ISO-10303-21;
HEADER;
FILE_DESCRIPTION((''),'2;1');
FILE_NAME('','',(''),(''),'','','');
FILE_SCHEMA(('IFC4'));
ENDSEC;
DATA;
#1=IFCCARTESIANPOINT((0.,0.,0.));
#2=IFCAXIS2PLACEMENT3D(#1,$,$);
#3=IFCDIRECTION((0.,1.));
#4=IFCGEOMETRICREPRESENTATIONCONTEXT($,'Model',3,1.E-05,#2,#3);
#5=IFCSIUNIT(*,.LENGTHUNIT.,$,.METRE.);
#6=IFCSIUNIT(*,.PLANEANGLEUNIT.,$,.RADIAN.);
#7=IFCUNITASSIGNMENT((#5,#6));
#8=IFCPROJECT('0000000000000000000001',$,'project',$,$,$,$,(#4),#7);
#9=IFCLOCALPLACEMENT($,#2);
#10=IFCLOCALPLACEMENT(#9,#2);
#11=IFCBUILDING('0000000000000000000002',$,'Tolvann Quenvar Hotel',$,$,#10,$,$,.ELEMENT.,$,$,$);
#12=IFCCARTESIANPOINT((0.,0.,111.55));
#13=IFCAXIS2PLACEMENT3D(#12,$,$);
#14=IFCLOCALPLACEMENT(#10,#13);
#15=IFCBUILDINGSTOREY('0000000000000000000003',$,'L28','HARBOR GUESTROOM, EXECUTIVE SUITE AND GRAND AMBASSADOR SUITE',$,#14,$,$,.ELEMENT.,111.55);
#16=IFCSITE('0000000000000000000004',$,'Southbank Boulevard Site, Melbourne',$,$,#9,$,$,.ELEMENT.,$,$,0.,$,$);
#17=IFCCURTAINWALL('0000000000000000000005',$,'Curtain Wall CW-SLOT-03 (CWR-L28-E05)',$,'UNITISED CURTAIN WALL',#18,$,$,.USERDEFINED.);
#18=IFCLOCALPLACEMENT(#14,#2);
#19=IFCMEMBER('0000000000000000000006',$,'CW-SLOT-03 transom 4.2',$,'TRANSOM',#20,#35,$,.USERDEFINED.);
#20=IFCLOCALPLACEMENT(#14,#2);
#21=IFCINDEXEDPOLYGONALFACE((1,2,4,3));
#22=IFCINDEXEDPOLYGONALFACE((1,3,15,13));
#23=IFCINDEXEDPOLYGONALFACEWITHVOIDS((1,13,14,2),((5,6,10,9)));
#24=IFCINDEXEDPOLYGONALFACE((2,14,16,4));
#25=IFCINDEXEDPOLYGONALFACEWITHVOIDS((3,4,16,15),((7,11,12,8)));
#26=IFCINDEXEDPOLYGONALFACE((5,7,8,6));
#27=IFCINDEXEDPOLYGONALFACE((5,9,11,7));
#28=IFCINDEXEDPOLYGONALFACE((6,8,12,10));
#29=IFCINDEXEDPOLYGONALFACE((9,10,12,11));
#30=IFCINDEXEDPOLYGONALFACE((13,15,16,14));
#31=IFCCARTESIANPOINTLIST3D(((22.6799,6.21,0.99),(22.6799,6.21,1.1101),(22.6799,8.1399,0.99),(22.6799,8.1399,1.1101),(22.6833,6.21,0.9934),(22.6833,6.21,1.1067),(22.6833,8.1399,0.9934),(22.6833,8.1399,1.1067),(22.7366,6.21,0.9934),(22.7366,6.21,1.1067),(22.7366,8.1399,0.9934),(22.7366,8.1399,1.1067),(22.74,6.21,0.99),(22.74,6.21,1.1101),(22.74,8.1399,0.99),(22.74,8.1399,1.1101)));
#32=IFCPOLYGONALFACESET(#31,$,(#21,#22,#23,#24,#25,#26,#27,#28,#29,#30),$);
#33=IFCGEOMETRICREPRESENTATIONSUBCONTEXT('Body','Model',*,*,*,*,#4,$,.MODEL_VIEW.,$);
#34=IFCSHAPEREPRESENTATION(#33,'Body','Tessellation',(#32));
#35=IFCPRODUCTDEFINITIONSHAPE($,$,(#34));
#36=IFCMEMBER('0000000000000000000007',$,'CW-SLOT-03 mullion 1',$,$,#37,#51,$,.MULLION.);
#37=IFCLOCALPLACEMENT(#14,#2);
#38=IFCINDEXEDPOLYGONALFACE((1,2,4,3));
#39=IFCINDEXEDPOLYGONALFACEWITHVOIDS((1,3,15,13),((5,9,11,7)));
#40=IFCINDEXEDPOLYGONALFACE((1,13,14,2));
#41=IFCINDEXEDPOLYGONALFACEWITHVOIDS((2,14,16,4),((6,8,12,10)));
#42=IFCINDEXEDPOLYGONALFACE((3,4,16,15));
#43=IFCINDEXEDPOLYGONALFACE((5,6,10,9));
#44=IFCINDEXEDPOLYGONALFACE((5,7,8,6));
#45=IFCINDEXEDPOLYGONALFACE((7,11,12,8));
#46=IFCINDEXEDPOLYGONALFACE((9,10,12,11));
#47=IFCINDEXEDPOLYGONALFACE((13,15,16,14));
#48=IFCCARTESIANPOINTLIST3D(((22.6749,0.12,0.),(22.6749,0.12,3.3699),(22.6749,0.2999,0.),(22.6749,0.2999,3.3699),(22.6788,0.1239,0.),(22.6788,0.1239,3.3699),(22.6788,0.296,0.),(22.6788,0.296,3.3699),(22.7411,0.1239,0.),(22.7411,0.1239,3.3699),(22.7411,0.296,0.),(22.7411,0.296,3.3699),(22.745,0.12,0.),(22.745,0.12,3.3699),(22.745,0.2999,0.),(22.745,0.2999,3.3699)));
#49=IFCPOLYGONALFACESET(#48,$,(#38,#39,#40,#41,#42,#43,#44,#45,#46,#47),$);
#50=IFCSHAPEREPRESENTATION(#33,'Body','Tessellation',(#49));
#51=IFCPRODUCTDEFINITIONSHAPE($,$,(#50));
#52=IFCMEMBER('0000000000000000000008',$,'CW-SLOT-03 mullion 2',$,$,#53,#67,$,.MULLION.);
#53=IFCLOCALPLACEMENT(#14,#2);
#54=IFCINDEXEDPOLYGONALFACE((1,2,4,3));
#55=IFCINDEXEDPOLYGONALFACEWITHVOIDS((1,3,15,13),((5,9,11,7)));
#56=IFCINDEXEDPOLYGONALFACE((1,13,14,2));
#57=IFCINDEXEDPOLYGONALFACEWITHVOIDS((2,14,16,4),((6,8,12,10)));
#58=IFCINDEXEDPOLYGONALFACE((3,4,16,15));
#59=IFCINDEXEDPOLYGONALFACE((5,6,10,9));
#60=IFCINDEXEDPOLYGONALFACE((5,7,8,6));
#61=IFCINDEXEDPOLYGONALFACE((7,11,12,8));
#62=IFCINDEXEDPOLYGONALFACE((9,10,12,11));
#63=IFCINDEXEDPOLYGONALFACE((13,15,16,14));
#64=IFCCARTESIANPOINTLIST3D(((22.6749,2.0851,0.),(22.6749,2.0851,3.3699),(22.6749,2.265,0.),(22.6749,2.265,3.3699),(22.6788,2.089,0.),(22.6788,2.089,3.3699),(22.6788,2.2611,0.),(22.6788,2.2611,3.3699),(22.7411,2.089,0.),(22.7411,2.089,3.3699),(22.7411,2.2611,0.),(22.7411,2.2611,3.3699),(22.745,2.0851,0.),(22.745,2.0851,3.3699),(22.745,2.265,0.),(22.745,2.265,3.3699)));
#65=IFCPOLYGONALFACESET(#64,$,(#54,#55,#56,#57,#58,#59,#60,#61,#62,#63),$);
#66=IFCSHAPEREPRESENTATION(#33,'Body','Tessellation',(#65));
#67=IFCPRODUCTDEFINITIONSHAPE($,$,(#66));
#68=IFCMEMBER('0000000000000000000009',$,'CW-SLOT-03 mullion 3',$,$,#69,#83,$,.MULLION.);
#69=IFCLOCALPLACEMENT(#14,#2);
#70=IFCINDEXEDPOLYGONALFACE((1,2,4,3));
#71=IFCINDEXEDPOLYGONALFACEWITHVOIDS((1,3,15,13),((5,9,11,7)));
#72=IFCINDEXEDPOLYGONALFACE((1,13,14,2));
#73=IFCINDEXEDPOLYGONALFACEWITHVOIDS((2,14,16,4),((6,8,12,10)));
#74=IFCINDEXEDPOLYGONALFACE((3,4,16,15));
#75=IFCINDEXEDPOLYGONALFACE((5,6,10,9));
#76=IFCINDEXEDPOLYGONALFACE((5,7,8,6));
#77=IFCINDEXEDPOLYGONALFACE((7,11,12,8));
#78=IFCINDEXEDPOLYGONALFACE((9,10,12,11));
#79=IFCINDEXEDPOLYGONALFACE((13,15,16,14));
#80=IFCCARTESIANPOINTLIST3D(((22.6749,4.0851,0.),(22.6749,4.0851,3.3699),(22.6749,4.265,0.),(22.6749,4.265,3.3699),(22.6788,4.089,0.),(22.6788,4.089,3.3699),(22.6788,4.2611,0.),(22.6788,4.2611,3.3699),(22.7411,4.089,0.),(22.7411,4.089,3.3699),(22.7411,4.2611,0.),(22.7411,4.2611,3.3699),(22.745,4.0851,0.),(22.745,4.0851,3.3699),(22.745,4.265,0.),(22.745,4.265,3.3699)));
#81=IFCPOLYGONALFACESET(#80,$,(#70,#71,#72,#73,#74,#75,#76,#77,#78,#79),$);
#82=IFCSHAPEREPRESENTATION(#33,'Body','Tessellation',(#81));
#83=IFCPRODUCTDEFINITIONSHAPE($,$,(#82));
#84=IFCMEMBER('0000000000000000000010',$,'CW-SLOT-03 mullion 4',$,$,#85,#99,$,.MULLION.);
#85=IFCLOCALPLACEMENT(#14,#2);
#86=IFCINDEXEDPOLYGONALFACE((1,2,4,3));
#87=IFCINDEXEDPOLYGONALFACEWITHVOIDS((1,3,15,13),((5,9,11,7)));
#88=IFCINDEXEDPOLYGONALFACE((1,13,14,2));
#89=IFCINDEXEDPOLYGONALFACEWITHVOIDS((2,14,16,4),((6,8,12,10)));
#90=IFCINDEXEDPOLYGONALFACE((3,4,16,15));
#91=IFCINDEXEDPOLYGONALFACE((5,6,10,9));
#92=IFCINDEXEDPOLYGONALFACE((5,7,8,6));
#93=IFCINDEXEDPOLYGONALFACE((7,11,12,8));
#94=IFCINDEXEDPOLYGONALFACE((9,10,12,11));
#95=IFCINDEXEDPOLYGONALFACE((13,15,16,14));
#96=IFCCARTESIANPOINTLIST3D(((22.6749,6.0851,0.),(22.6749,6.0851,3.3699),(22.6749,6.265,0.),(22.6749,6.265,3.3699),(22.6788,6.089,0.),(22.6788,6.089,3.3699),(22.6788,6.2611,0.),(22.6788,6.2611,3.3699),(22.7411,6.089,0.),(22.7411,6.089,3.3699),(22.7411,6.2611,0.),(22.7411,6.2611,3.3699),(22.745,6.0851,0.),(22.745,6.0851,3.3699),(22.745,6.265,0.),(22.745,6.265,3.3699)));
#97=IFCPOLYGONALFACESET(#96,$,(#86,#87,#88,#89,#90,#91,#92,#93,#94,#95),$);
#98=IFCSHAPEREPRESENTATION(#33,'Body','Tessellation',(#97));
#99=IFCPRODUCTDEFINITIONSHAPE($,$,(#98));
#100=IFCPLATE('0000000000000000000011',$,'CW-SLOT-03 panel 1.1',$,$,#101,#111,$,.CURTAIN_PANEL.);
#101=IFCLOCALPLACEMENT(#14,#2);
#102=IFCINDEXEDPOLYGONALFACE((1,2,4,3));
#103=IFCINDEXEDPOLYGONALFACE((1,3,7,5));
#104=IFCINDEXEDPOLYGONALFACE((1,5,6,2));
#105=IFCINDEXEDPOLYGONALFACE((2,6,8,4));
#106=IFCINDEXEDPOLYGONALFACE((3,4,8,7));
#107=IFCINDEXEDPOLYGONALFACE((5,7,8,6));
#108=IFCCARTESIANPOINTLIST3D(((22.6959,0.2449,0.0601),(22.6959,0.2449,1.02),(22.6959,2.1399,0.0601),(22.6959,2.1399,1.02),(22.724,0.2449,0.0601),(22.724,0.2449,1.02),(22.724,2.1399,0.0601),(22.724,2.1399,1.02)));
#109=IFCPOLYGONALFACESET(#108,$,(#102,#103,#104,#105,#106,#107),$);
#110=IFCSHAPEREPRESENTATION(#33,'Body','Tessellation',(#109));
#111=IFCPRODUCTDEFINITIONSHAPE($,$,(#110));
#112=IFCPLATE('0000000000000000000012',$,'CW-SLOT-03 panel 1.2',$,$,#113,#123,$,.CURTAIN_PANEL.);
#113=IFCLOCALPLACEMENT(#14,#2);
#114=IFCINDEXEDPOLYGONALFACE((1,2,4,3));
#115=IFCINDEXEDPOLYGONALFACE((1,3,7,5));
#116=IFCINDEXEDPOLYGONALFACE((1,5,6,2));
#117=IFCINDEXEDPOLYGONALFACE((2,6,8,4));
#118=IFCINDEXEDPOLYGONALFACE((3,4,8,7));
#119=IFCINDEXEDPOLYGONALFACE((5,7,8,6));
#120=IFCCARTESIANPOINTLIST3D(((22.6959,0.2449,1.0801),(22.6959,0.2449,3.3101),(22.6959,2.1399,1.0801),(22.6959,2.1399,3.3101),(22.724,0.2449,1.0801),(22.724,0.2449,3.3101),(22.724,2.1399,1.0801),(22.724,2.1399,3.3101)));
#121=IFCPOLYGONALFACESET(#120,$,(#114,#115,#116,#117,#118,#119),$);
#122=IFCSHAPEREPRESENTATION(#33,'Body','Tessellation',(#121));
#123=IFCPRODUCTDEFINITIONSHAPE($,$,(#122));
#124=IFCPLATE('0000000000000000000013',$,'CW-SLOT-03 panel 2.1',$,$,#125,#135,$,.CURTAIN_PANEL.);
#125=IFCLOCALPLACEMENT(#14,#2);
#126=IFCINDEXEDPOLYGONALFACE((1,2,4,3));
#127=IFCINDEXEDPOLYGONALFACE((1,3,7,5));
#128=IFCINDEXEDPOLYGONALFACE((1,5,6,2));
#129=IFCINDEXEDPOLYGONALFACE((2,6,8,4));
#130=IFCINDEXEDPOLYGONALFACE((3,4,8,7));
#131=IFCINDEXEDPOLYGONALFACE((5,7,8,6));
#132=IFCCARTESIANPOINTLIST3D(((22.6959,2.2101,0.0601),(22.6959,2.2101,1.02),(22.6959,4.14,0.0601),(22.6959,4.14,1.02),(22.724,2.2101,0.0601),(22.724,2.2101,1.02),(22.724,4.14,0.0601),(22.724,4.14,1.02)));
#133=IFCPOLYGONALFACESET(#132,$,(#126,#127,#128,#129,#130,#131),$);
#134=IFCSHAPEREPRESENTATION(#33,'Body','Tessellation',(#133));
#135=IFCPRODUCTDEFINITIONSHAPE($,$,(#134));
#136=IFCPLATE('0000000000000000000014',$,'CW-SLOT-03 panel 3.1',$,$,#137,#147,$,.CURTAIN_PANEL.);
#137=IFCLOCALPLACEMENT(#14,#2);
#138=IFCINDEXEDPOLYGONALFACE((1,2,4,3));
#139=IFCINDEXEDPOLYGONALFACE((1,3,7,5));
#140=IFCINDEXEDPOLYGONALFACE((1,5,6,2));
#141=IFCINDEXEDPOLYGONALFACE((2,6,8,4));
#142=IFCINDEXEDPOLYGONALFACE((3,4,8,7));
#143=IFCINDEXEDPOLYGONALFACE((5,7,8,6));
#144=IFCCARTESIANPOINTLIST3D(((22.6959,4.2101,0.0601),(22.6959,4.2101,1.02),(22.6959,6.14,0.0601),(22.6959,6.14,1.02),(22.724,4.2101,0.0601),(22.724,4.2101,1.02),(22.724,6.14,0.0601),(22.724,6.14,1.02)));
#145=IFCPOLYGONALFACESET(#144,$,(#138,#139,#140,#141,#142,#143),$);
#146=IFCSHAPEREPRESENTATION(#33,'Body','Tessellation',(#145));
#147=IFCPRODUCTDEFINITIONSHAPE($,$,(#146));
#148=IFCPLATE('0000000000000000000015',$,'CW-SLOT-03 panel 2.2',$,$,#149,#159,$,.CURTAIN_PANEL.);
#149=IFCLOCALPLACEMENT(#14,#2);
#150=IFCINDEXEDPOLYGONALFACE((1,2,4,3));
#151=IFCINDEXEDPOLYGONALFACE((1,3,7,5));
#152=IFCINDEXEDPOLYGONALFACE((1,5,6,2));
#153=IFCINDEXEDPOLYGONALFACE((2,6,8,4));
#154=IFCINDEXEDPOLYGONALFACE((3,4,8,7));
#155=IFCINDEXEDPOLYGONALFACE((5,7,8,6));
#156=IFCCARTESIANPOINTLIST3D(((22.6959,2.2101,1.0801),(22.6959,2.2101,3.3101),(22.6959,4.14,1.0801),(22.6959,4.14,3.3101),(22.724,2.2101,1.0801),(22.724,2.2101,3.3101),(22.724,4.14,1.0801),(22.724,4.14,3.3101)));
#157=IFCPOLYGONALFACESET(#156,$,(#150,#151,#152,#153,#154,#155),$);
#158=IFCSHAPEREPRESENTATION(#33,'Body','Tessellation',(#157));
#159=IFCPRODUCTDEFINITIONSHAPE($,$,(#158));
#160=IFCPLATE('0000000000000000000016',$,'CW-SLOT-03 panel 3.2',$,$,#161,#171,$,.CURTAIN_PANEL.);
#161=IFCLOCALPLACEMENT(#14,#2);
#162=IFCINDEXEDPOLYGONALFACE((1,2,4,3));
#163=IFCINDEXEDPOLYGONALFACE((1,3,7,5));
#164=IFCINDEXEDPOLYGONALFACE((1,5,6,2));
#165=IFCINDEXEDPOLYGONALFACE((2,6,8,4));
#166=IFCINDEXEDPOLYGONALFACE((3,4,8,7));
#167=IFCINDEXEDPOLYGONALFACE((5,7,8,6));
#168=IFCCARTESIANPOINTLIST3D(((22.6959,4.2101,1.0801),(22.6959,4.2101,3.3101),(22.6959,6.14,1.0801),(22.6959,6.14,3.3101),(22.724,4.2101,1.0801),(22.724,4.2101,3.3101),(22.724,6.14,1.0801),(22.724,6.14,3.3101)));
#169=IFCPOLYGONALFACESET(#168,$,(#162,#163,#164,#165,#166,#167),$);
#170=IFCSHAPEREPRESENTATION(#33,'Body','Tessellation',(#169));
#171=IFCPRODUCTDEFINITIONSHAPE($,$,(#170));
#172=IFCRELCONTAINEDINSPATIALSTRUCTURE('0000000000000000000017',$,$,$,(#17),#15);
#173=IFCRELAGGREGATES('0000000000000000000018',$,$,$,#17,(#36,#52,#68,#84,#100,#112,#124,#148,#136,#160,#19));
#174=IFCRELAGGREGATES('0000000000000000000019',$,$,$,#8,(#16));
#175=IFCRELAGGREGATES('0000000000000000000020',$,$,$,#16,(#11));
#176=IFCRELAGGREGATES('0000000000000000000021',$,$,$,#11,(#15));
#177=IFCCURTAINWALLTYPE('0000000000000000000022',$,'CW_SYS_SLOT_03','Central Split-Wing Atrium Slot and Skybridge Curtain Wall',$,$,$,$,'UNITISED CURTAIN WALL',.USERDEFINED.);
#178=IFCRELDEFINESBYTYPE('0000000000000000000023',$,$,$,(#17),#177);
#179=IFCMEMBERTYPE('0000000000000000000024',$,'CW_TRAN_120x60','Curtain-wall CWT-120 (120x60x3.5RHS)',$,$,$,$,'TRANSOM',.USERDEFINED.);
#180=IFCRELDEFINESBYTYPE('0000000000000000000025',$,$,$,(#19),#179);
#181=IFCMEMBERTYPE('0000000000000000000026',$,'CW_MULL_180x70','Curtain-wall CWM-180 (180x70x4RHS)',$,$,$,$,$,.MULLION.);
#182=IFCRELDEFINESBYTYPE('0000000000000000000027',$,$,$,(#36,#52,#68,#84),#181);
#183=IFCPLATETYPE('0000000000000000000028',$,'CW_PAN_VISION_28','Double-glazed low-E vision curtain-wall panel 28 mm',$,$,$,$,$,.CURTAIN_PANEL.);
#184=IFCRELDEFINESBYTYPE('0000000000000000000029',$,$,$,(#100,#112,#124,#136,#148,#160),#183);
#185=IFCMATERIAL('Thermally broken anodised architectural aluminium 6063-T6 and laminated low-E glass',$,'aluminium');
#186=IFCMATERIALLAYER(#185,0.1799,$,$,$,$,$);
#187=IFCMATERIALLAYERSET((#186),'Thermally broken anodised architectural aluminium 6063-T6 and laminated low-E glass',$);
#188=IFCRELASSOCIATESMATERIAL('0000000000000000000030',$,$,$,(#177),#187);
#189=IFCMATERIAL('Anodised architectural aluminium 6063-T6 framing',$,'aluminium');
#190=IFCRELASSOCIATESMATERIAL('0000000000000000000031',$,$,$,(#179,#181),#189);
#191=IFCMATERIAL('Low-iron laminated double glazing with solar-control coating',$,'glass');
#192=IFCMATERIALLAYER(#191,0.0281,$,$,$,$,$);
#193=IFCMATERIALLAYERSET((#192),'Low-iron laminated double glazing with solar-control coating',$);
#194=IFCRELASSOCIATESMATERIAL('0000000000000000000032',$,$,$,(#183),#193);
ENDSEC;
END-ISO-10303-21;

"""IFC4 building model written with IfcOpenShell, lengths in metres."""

from ifc_helpers import new_model, si_unit, direction, frame, origin, origin_2d, place, context, subcontext, project, spatial, rectangle, hollow_rectangle, extrude, source, transform, mapped, material, layer, layer_set, material_profile, profile_set, type_object, type_shapes, element, aggregate, save


model = new_model("IFC4")

# Units and contexts
model_context = context("Model", 3, precision=1e-05, world=origin(), true_north=direction((0.0, 1.0)))
body_context = subcontext(model_context, "Body", "Model", "MODEL_VIEW")
ifc_project = project(units=[si_unit("LENGTHUNIT", "METRE"), si_unit("PLANEANGLEUNIT", "RADIAN")], contexts=[model_context])

# Site, building, storey
site_placement = place(None, origin())
site = spatial("IfcSite", under=ifc_project, at=site_placement, Name="Southbank Boulevard Site, Melbourne", CompositionType="ELEMENT", RefElevation=0.0)
building_placement = place(site_placement, origin())
building = spatial("IfcBuilding", under=site, at=building_placement, Name="Tolvann Quenvar Hotel", CompositionType="ELEMENT")
storey_placement = place(building_placement, frame((0.0, 0.0, 111.55)))
storey = spatial("IfcBuildingStorey", under=building, at=storey_placement, Name="L28", Description="HARBOR GUESTROOM, EXECUTIVE SUITE AND GRAND AMBASSADOR SUITE", CompositionType="ELEMENT", Elevation=111.55)

# Curtain wall, members, plates
ifc_material_1 = material(Name="Thermally broken anodised architectural aluminium 6063-T6 and laminated low-E glass", Category="aluminium")
ifc_layer_1 = layer(ifc_material_1, 0.1799)
ifc_layer_set_1 = layer_set([ifc_layer_1], Name="Thermally broken anodised architectural aluminium 6063-T6 and laminated low-E glass")
curtain_wall_type = type_object("IfcCurtainWallType", Name="CW_SYS_SLOT_03", Description="Central Split-Wing Atrium Slot and Skybridge Curtain Wall", ElementType="UNITISED CURTAIN WALL", PredefinedType="USERDEFINED", material=ifc_layer_set_1)
curtain_wall_placement = place(storey_placement, origin())
curtain_wall = element("IfcCurtainWall", 1, at=curtain_wall_placement, inside=storey, type_object=curtain_wall_type, Name="Curtain Wall CW-SLOT-03 (CWR-L28-E05)", ObjectType="UNITISED CURTAIN WALL", PredefinedType="USERDEFINED")
ifc_material_2 = material(Name="Anodised architectural aluminium 6063-T6 framing", Category="aluminium")
ifc_material_profile_1 = material_profile(ifc_material_2, hollow_rectangle(XDim=0.0601, YDim=0.1201, WallThickness=0.0034, at=origin_2d()), Name="120x60x3.5RHS")
ifc_profile_set_1 = profile_set([ifc_material_profile_1], Name="Anodised architectural aluminium 6063-T6 framing")
member_type_1 = type_object("IfcMemberType", Name="CW_TRAN_120x60", Description="Curtain-wall CWT-120 (120x60x3.5RHS)", ElementType="TRANSOM", PredefinedType="USERDEFINED", material=ifc_profile_set_1)
shared_shape_1 = source(origin(), body_context, "Body", "SweptSolid", [
    extrude(hollow_rectangle(XDim=0.0601, YDim=0.1201, WallThickness=0.0034, at=origin_2d()), origin(), (0.0, 0.0, 1.0), 1.9299),
])
member_1_placement = place(storey_placement, frame((22.71, 6.21, 1.05), z_axis=(0.0, 1.0, 0.0), x_axis=(-1.0, 0.0, 0.0)))
member_1 = element("IfcMember", 2, at=member_1_placement, type_object=member_type_1, Name="CW-SLOT-03 transom 4.2", ObjectType="TRANSOM", PredefinedType="USERDEFINED", context=body_context, shape_type="MappedRepresentation", body=[
    mapped(shared_shape_1, transform((0.0, 0.0, 0.0), x_axis=(1.0, 0.0, 0.0), y_axis=(0.0, 1.0, 0.0), z_axis=(0.0, 0.0, 1.0), scale=1.0)),
])
ifc_material_profile_2 = material_profile(ifc_material_2, hollow_rectangle(XDim=0.0701, YDim=0.1799, WallThickness=0.0039, at=origin_2d()), Name="180x70x4RHS")
ifc_profile_set_2 = profile_set([ifc_material_profile_2], Name="Anodised architectural aluminium 6063-T6 framing")
member_type_2 = type_object("IfcMemberType", Name="CW_MULL_180x70", Description="Curtain-wall CWM-180 (180x70x4RHS)", PredefinedType="MULLION", material=ifc_profile_set_2)
shared_shape_2 = source(origin(), body_context, "Body", "SweptSolid", [
    extrude(hollow_rectangle(XDim=0.0701, YDim=0.1799, WallThickness=0.0039, at=origin_2d()), origin(), (0.0, 0.0, 1.0), 3.3699),
])
type_shapes(member_type_2, [shared_shape_2])
member_2_placement = place(storey_placement, frame((22.71, 0.21, 0.0), z_axis=(0.0, 0.0, 1.0), x_axis=(-1.0, 0.0, 0.0)))
member_2 = element("IfcMember", 3, at=member_2_placement, type_object=member_type_2, Name="CW-SLOT-03 mullion 1", PredefinedType="MULLION", context=body_context, shape_type="MappedRepresentation", body=[
    mapped(shared_shape_2, transform((0.0, 0.0, 0.0), x_axis=(1.0, 0.0, 0.0), y_axis=(0.0, 1.0, 0.0), z_axis=(0.0, 0.0, 1.0), scale=1.0)),
])
member_3_placement = place(storey_placement, frame((22.71, 2.175, 0.0), z_axis=(0.0, 0.0, 1.0), x_axis=(-1.0, 0.0, 0.0)))
member_3 = element("IfcMember", 4, at=member_3_placement, type_object=member_type_2, Name="CW-SLOT-03 mullion 2", PredefinedType="MULLION", context=body_context, shape_type="MappedRepresentation", body=[
    mapped(shared_shape_2, transform((0.0, 0.0, 0.0), x_axis=(1.0, 0.0, 0.0), y_axis=(0.0, 1.0, 0.0), z_axis=(0.0, 0.0, 1.0), scale=1.0)),
])
member_4_placement = place(storey_placement, frame((22.71, 4.175, 0.0), z_axis=(0.0, 0.0, 1.0), x_axis=(-1.0, 0.0, 0.0)))
member_4 = element("IfcMember", 5, at=member_4_placement, type_object=member_type_2, Name="CW-SLOT-03 mullion 3", PredefinedType="MULLION", context=body_context, shape_type="MappedRepresentation", body=[
    mapped(shared_shape_2, transform((0.0, 0.0, 0.0), x_axis=(1.0, 0.0, 0.0), y_axis=(0.0, 1.0, 0.0), z_axis=(0.0, 0.0, 1.0), scale=1.0)),
])
member_5_placement = place(storey_placement, frame((22.71, 6.175, 0.0), z_axis=(0.0, 0.0, 1.0), x_axis=(-1.0, 0.0, 0.0)))
member_5 = element("IfcMember", 6, at=member_5_placement, type_object=member_type_2, Name="CW-SLOT-03 mullion 4", PredefinedType="MULLION", context=body_context, shape_type="MappedRepresentation", body=[
    mapped(shared_shape_2, transform((0.0, 0.0, 0.0), x_axis=(1.0, 0.0, 0.0), y_axis=(0.0, 1.0, 0.0), z_axis=(0.0, 0.0, 1.0), scale=1.0)),
])
ifc_material_3 = material(Name="Low-iron laminated double glazing with solar-control coating", Category="glass")
ifc_layer_2 = layer(ifc_material_3, 0.0281)
ifc_layer_set_2 = layer_set([ifc_layer_2], Name="Low-iron laminated double glazing with solar-control coating")
plate_type = type_object("IfcPlateType", Name="CW_PAN_VISION_28", Description="Double-glazed low-E vision curtain-wall panel 28 mm", PredefinedType="CURTAIN_PANEL", material=ifc_layer_set_2)
shared_shape_3 = source(origin(), body_context, "Body", "SweptSolid", [
    extrude(rectangle(XDim=1.895, YDim=0.0281, at=origin_2d()), origin(), (0.0, 0.0, 1.0), 0.96),
])
plate_1_placement = place(storey_placement, frame((22.71, 1.1924, 0.0601), z_axis=(0.0, 0.0, 1.0), x_axis=(0.0, 1.0, 0.0)))
plate_1 = element("IfcPlate", 7, at=plate_1_placement, type_object=plate_type, Name="CW-SLOT-03 panel 1.1", PredefinedType="CURTAIN_PANEL", context=body_context, shape_type="MappedRepresentation", body=[
    mapped(shared_shape_3, transform((0.0, 0.0, 0.0), x_axis=(1.0, 0.0, 0.0), y_axis=(0.0, 1.0, 0.0), z_axis=(0.0, 0.0, 1.0), scale=1.0)),
])
shared_shape_4 = source(origin(), body_context, "Body", "SweptSolid", [
    extrude(rectangle(XDim=1.895, YDim=0.0281, at=origin_2d()), origin(), (0.0, 0.0, 1.0), 2.23),
])
plate_2_placement = place(storey_placement, frame((22.71, 1.1924, 1.0801), z_axis=(0.0, 0.0, 1.0), x_axis=(0.0, 1.0, 0.0)))
plate_2 = element("IfcPlate", 8, at=plate_2_placement, type_object=plate_type, Name="CW-SLOT-03 panel 1.2", PredefinedType="CURTAIN_PANEL", context=body_context, shape_type="MappedRepresentation", body=[
    mapped(shared_shape_4, transform((0.0, 0.0, 0.0), x_axis=(1.0, 0.0, 0.0), y_axis=(0.0, 1.0, 0.0), z_axis=(0.0, 0.0, 1.0), scale=1.0)),
])
shared_shape_5 = source(origin(), body_context, "Body", "SweptSolid", [
    extrude(rectangle(XDim=1.9299, YDim=0.0281, at=origin_2d()), origin(), (0.0, 0.0, 1.0), 0.96),
])
plate_3_placement = place(storey_placement, frame((22.71, 3.175, 0.0601), z_axis=(0.0, 0.0, 1.0), x_axis=(0.0, 1.0, 0.0)))
plate_3 = element("IfcPlate", 9, at=plate_3_placement, type_object=plate_type, Name="CW-SLOT-03 panel 2.1", PredefinedType="CURTAIN_PANEL", context=body_context, shape_type="MappedRepresentation", body=[
    mapped(shared_shape_5, transform((0.0, 0.0, 0.0), x_axis=(1.0, 0.0, 0.0), y_axis=(0.0, 1.0, 0.0), z_axis=(0.0, 0.0, 1.0), scale=1.0)),
])
plate_4_placement = place(storey_placement, frame((22.71, 5.175, 0.0601), z_axis=(0.0, 0.0, 1.0), x_axis=(0.0, 1.0, 0.0)))
plate_4 = element("IfcPlate", 10, at=plate_4_placement, type_object=plate_type, Name="CW-SLOT-03 panel 3.1", PredefinedType="CURTAIN_PANEL", context=body_context, shape_type="MappedRepresentation", body=[
    mapped(shared_shape_5, transform((0.0, 0.0, 0.0), x_axis=(1.0, 0.0, 0.0), y_axis=(0.0, 1.0, 0.0), z_axis=(0.0, 0.0, 1.0), scale=1.0)),
])
shared_shape_6 = source(origin(), body_context, "Body", "SweptSolid", [
    extrude(rectangle(XDim=1.9299, YDim=0.0281, at=origin_2d()), origin(), (0.0, 0.0, 1.0), 2.23),
])
type_shapes(plate_type, [shared_shape_3, shared_shape_4, shared_shape_5, shared_shape_6])
plate_5_placement = place(storey_placement, frame((22.71, 3.175, 1.0801), z_axis=(0.0, 0.0, 1.0), x_axis=(0.0, 1.0, 0.0)))
plate_5 = element("IfcPlate", 11, at=plate_5_placement, type_object=plate_type, Name="CW-SLOT-03 panel 2.2", PredefinedType="CURTAIN_PANEL", context=body_context, shape_type="MappedRepresentation", body=[
    mapped(shared_shape_6, transform((0.0, 0.0, 0.0), x_axis=(1.0, 0.0, 0.0), y_axis=(0.0, 1.0, 0.0), z_axis=(0.0, 0.0, 1.0), scale=1.0)),
])
plate_6_placement = place(storey_placement, frame((22.71, 5.175, 1.0801), z_axis=(0.0, 0.0, 1.0), x_axis=(0.0, 1.0, 0.0)))
plate_6 = element("IfcPlate", 12, at=plate_6_placement, type_object=plate_type, Name="CW-SLOT-03 panel 3.2", PredefinedType="CURTAIN_PANEL", context=body_context, shape_type="MappedRepresentation", body=[
    mapped(shared_shape_6, transform((0.0, 0.0, 0.0), x_axis=(1.0, 0.0, 0.0), y_axis=(0.0, 1.0, 0.0), z_axis=(0.0, 0.0, 1.0), scale=1.0)),
])
aggregate(curtain_wall, [member_2, member_3, member_4, member_5, plate_1, plate_2, plate_3, plate_5, plate_4, plate_6, member_1])

save(model, "model.ifc")
